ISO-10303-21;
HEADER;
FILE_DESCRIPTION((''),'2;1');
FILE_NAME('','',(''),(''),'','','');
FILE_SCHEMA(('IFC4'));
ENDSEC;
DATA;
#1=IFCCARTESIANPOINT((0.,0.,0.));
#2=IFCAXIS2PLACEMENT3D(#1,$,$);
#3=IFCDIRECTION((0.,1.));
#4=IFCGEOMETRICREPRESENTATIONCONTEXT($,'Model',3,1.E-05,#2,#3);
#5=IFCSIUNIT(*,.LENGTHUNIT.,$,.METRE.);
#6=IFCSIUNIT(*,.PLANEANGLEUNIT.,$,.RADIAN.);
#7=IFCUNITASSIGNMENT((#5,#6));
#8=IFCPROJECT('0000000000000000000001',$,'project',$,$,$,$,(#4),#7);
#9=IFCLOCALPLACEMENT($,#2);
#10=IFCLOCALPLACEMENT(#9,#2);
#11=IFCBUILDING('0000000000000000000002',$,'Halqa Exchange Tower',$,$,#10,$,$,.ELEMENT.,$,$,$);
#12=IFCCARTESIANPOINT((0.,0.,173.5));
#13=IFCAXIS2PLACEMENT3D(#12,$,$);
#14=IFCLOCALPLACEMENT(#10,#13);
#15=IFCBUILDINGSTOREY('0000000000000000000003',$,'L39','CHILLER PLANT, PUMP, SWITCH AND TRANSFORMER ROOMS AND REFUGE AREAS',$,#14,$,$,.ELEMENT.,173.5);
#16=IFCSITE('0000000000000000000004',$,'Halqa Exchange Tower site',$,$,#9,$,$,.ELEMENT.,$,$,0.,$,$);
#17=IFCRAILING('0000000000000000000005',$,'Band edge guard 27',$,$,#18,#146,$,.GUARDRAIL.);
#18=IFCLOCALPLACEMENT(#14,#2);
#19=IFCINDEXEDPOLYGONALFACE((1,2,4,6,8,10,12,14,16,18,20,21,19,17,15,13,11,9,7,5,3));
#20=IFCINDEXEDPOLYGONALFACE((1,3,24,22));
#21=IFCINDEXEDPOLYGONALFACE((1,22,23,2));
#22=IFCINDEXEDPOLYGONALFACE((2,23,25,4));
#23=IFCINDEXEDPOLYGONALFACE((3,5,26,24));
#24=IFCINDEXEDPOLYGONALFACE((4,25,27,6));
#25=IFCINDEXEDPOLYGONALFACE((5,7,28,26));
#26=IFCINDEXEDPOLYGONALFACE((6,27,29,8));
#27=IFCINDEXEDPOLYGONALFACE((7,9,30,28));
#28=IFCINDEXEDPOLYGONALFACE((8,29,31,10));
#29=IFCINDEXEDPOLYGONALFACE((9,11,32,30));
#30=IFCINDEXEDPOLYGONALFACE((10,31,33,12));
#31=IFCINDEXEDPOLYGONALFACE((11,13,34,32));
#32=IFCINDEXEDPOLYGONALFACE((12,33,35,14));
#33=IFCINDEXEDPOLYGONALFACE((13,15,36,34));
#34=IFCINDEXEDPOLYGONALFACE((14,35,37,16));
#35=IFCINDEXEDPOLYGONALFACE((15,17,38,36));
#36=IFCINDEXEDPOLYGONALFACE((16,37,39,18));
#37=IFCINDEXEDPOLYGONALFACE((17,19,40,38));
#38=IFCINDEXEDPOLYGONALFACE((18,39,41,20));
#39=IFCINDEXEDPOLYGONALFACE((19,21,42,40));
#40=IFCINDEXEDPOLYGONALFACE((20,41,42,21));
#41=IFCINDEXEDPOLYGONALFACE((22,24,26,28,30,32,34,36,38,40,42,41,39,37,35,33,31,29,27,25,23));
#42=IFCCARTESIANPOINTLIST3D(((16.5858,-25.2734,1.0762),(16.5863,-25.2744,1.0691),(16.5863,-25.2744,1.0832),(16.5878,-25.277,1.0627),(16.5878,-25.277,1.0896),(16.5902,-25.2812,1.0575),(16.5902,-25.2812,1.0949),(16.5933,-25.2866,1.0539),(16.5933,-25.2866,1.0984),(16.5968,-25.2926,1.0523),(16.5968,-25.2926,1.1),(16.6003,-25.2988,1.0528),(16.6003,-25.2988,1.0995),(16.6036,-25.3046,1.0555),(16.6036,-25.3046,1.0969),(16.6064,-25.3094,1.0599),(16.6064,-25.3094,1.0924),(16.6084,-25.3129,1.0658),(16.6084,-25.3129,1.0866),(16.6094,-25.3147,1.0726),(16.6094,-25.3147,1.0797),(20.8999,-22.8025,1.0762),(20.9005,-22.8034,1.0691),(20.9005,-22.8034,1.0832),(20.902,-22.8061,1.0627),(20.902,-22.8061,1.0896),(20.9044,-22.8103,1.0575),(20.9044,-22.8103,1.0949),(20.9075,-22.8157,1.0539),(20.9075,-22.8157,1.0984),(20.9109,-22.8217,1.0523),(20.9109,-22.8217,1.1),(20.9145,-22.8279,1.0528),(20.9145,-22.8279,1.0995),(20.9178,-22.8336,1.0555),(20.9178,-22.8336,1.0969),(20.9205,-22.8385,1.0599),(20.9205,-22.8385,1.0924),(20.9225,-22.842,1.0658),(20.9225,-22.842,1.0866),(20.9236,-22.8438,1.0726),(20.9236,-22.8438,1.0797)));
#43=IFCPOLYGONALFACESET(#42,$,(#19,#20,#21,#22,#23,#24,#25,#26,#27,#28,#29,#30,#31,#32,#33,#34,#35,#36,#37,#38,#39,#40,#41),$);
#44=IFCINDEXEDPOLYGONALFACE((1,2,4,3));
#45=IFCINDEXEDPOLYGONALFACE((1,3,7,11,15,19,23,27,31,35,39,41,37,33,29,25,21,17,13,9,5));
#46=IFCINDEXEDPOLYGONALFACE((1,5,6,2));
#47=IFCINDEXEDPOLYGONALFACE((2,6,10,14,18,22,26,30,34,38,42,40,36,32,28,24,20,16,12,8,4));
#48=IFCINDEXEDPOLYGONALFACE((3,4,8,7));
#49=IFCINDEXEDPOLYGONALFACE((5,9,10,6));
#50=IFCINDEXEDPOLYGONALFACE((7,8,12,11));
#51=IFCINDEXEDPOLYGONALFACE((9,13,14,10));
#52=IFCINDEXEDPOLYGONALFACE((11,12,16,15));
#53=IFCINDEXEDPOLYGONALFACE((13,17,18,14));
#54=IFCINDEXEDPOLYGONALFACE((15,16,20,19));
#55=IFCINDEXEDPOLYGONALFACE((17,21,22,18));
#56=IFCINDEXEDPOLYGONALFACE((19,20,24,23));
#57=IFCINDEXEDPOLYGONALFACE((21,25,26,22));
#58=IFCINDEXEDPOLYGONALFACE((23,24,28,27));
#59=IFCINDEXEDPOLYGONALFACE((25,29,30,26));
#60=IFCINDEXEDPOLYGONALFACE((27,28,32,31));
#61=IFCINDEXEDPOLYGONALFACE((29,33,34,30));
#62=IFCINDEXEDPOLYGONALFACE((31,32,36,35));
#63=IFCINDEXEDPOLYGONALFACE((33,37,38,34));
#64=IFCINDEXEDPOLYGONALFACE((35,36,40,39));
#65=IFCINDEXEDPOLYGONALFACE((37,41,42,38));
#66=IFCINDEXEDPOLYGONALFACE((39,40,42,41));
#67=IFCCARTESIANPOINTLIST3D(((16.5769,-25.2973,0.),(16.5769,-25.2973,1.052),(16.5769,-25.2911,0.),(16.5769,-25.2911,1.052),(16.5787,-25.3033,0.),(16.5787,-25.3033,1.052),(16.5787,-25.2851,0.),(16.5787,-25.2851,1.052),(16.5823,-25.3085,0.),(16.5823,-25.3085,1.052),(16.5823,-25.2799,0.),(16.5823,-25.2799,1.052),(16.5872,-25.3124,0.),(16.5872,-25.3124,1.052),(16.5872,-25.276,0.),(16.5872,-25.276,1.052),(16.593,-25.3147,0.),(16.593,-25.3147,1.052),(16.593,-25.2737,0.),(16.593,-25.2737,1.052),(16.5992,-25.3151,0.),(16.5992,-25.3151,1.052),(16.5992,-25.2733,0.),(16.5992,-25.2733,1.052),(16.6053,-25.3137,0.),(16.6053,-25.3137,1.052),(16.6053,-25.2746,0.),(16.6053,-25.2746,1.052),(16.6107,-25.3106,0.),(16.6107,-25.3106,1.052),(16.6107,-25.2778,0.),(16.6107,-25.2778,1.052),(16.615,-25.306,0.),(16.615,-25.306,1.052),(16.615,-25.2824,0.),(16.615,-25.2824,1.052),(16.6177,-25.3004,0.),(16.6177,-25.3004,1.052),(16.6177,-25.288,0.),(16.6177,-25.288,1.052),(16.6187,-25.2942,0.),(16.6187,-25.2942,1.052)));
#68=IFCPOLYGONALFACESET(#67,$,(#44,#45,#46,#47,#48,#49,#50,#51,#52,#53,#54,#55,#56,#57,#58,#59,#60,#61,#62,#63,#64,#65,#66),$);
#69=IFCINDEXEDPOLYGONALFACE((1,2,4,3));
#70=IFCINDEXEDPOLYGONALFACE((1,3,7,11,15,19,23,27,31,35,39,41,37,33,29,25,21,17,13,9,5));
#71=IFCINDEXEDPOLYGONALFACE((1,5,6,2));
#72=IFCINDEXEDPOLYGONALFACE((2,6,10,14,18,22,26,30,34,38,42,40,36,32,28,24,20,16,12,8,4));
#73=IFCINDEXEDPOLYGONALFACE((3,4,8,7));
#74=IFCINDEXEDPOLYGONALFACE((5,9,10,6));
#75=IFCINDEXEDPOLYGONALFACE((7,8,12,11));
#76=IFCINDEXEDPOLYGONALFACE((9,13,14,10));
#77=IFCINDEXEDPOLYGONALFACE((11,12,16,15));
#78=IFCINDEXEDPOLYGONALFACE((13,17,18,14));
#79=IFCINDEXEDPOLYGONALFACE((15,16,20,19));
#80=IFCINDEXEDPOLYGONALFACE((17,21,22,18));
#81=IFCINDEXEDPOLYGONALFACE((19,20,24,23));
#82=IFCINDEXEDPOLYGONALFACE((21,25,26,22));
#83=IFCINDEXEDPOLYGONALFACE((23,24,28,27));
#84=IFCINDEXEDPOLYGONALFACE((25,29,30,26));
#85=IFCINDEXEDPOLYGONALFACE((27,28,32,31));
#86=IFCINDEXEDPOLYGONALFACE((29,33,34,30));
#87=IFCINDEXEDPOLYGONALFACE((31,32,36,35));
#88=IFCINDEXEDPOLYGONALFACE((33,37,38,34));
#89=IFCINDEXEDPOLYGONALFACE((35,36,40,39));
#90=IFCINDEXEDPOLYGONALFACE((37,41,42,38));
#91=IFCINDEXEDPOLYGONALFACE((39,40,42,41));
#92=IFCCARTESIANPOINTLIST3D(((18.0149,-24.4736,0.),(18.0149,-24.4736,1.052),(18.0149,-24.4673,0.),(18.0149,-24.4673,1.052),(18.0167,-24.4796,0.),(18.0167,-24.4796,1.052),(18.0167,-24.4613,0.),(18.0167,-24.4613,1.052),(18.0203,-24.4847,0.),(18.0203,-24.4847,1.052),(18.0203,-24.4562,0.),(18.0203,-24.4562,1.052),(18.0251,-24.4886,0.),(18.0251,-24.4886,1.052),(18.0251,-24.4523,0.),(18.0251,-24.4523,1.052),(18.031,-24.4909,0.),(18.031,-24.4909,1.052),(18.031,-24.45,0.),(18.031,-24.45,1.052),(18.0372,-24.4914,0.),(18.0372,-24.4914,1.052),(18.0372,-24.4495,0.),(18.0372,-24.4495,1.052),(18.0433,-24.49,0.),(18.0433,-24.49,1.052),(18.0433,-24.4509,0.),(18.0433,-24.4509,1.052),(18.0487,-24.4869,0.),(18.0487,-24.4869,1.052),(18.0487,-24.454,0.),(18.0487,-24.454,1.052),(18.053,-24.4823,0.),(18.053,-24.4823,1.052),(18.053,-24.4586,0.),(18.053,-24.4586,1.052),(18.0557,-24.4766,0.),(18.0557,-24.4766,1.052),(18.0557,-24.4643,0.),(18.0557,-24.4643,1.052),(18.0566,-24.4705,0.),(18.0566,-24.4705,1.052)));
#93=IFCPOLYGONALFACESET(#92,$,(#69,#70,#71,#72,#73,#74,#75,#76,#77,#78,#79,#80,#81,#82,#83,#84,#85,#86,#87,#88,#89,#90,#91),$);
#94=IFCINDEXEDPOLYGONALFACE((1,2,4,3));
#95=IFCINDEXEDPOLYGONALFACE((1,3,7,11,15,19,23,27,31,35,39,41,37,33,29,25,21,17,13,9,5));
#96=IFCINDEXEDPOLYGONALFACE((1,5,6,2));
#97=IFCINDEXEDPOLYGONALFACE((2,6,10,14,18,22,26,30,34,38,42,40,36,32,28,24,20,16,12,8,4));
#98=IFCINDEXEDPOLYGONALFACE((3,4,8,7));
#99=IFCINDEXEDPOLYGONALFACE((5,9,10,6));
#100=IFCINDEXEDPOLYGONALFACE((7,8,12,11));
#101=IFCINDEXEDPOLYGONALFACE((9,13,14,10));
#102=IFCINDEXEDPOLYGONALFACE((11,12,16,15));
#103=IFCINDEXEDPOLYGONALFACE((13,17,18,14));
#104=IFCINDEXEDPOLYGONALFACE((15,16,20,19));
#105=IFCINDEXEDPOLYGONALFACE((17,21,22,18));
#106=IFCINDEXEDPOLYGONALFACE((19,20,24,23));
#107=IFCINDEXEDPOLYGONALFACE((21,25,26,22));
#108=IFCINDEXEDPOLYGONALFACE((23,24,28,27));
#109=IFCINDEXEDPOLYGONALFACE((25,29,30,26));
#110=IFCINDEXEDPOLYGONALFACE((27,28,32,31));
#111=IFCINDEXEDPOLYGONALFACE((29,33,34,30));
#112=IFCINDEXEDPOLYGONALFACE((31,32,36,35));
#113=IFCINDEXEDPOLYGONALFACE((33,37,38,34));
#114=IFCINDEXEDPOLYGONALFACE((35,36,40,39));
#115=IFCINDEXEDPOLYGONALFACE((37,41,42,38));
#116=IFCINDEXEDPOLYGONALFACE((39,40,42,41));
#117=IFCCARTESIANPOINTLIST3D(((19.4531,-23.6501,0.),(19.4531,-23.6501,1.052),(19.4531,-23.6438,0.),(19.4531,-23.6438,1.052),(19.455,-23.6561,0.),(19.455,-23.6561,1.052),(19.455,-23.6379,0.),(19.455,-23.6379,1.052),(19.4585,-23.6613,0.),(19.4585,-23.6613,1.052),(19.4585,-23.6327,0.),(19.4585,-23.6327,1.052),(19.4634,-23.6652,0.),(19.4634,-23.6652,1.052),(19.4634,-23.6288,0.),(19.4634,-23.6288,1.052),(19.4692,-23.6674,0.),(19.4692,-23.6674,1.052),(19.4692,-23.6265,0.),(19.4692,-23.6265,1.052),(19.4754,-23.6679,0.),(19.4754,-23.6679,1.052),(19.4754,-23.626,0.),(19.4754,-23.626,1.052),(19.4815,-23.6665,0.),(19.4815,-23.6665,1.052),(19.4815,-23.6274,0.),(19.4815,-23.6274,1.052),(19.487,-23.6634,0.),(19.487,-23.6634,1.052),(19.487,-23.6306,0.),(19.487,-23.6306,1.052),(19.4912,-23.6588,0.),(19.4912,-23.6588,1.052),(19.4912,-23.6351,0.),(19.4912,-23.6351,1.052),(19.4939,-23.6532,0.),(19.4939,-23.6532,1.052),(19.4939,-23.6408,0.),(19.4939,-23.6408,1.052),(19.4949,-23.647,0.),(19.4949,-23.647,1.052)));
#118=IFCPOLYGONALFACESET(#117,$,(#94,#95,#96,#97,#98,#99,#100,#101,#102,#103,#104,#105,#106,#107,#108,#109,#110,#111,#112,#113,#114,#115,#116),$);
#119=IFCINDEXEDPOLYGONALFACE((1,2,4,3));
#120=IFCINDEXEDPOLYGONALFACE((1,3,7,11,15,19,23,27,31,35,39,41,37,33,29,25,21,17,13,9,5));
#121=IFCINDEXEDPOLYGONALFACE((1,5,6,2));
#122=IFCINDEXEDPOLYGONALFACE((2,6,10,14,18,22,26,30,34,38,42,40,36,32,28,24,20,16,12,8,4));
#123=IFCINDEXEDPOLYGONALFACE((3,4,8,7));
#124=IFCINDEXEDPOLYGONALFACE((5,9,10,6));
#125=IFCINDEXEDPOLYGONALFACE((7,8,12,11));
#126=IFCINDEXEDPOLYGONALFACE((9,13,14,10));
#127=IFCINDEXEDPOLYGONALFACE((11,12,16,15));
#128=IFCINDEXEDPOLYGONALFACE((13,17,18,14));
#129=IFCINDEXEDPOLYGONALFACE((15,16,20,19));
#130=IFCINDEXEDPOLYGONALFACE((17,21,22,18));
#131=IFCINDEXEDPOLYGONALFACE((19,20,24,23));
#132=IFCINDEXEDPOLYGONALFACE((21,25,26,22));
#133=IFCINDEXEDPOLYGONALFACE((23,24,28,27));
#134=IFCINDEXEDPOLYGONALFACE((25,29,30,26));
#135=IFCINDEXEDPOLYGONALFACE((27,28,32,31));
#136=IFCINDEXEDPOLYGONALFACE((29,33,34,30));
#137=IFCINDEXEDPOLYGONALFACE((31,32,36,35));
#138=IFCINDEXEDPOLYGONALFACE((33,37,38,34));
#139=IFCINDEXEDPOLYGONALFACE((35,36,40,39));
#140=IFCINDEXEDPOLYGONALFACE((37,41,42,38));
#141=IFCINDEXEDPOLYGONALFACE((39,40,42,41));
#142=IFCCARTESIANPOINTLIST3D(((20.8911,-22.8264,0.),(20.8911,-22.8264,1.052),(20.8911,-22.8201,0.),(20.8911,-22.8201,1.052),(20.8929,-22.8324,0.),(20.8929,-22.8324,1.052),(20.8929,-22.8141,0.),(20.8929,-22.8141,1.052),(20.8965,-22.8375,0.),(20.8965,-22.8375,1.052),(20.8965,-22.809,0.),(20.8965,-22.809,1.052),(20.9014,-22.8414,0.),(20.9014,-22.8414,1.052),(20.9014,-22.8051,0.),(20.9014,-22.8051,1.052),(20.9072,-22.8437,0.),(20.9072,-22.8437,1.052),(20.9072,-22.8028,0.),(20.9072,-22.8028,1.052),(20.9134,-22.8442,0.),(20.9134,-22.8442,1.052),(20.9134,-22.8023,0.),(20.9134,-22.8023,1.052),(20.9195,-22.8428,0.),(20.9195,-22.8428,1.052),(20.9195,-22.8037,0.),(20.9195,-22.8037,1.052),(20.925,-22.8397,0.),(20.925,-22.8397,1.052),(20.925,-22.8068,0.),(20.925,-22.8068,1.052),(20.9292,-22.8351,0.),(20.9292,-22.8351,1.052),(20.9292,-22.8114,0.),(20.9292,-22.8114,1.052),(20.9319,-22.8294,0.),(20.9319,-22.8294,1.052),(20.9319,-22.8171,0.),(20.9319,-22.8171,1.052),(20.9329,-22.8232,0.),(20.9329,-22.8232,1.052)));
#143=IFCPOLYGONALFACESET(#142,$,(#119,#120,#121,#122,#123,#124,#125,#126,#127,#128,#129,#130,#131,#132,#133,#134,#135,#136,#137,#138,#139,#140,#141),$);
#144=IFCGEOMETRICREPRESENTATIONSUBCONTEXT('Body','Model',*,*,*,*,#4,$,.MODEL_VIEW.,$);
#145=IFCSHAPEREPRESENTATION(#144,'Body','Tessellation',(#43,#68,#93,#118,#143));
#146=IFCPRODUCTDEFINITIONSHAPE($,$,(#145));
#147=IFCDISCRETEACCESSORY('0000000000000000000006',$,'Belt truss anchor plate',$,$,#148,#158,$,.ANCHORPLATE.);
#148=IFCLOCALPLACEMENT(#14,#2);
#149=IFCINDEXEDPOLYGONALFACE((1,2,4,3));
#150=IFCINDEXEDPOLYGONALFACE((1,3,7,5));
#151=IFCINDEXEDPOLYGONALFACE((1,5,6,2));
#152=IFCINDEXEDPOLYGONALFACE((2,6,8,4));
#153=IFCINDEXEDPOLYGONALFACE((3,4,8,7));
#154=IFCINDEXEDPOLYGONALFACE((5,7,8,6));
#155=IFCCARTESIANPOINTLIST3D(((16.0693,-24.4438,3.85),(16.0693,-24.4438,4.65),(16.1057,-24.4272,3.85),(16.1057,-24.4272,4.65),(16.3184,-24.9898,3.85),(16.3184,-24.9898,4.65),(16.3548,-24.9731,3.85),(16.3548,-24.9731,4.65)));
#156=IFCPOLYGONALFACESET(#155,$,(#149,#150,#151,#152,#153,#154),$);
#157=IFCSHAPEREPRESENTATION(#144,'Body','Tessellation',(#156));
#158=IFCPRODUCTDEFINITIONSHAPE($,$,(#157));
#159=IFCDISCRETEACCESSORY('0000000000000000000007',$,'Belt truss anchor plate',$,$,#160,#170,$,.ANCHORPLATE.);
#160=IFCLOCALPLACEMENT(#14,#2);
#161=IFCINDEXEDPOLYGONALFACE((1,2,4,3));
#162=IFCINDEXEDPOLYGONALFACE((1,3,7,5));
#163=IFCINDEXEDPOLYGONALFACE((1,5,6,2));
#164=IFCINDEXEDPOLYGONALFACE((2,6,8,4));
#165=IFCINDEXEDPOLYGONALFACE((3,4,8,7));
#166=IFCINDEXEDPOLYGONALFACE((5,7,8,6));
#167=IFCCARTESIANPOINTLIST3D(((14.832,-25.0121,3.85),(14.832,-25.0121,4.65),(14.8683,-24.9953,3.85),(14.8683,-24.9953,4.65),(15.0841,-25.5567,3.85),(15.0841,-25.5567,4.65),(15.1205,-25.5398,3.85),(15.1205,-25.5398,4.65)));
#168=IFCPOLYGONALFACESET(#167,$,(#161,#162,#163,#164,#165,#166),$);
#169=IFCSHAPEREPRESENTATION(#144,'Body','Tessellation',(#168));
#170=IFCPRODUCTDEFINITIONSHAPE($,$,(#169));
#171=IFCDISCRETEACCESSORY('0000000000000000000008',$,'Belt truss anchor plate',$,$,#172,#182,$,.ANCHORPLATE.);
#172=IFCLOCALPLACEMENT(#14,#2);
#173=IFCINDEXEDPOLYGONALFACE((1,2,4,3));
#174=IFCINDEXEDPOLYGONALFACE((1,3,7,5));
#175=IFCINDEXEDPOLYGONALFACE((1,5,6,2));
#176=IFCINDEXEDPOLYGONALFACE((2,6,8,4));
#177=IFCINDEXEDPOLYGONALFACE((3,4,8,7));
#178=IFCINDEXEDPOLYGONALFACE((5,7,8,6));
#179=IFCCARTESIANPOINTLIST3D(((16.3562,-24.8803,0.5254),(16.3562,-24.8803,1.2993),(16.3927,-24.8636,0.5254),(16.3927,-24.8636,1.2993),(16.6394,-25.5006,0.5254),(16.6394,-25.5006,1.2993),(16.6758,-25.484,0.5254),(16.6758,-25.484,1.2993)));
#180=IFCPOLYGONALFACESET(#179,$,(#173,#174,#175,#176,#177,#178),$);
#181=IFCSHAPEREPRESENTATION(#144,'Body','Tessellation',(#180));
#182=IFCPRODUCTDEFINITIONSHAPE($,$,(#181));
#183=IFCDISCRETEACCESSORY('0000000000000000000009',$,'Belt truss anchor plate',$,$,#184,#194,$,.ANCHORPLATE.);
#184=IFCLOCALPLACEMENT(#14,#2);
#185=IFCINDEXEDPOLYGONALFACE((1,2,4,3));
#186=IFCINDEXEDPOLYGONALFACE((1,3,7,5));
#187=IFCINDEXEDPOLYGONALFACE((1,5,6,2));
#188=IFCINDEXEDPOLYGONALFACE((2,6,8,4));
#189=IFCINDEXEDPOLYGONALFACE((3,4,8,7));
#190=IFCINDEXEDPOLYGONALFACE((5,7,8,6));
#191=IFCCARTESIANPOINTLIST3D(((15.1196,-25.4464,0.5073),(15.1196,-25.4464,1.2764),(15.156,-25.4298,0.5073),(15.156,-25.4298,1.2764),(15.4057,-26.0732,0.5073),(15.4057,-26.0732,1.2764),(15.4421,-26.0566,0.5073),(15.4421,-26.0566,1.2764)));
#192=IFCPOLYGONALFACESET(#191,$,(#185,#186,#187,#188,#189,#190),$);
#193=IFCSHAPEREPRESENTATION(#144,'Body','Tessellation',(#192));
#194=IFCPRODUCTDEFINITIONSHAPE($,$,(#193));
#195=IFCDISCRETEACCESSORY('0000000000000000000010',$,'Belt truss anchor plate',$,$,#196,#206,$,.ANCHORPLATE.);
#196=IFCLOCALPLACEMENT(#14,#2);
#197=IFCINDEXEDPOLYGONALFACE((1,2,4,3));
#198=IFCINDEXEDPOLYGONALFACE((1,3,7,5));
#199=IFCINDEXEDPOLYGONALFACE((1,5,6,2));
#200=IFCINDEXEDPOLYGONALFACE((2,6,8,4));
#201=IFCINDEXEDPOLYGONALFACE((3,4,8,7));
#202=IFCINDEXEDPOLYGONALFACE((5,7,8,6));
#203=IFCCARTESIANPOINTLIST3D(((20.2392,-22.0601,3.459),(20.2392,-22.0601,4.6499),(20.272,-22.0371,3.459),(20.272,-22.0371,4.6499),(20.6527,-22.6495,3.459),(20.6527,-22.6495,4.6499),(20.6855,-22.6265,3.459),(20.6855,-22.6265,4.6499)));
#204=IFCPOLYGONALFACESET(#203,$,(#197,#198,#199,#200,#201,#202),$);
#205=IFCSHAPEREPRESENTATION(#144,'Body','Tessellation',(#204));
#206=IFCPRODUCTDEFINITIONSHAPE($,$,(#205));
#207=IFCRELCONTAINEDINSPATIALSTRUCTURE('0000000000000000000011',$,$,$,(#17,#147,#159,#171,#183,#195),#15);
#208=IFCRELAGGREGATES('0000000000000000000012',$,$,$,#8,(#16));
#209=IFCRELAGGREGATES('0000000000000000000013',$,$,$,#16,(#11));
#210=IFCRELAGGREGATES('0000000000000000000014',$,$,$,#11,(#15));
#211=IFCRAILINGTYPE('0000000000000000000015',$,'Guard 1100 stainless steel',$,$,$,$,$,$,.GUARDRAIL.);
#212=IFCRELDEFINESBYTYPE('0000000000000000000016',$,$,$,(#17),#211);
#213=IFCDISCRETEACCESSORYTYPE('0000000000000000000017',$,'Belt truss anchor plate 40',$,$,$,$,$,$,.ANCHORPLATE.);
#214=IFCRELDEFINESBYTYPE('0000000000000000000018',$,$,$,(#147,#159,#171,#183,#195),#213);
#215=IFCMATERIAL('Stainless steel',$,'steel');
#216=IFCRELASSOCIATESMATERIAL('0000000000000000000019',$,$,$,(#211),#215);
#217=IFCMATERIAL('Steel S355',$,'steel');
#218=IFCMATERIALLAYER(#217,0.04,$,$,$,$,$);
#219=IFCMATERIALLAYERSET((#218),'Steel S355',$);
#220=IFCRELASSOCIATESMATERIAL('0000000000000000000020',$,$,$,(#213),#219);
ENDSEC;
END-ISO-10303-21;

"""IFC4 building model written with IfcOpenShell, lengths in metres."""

from ifc_helpers import new_model, si_unit, direction, frame, origin, origin_2d, place, context, subcontext, project, spatial, rectangle, circle, extrude, material, layer, layer_set, type_object, element, save


model = new_model("IFC4")

# Units and contexts
model_context = context("Model", 3, precision=1e-05, world=origin(), true_north=direction((0.0, 1.0)))
body_context = subcontext(model_context, "Body", "Model", "MODEL_VIEW")
ifc_project = project(units=[si_unit("LENGTHUNIT", "METRE"), si_unit("PLANEANGLEUNIT", "RADIAN")], contexts=[model_context])

# Site, building, storey
site_placement = place(None, origin())
site = spatial("IfcSite", under=ifc_project, at=site_placement, Name="Halqa Exchange Tower site", CompositionType="ELEMENT", RefElevation=0.0)
building_placement = place(site_placement, origin())
building = spatial("IfcBuilding", under=site, at=building_placement, Name="Halqa Exchange Tower", CompositionType="ELEMENT")
storey_placement = place(building_placement, frame((0.0, 0.0, 173.5)))
storey = spatial("IfcBuildingStorey", under=building, at=storey_placement, Name="L39", Description="CHILLER PLANT, PUMP, SWITCH AND TRANSFORMER ROOMS AND REFUGE AREAS", CompositionType="ELEMENT", Elevation=173.5)

# Shared definitions
ifc_material_1 = material(Name="Steel S355", Category="steel")

# Railing
ifc_material_2 = material(Name="Stainless steel", Category="steel")
railing_type = type_object("IfcRailingType", Name="Guard 1100 stainless steel", PredefinedType="GUARDRAIL", material=ifc_material_2)
railing_placement = place(storey_placement, frame((16.5977, -25.2942, 0.0)))
element("IfcRailing", 1, at=railing_placement, inside=storey, type_object=railing_type, Name="Band edge guard 27", PredefinedType="GUARDRAIL", context=body_context, shape_type="SweptSolid", body=[
    extrude(circle(Radius=0.0239, at=origin_2d()), frame((0.0, 0.0, 1.0762), z_axis=(0.86775, 0.497001, 0.0), x_axis=(-0.497001, 0.86775, 0.0)), (0.0, 0.0, 1.0), 4.9717),
    extrude(circle(Radius=0.021, at=origin_2d()), origin(), (0.0, 0.0, 1.0), 1.052),
    extrude(circle(Radius=0.021, at=origin_2d()), frame((1.438, 0.8237, 0.0)), (0.0, 0.0, 1.0), 1.052),
    extrude(circle(Radius=0.021, at=origin_2d()), frame((2.8762, 1.6472, 0.0)), (0.0, 0.0, 1.0), 1.052),
    extrude(circle(Radius=0.021, at=origin_2d()), frame((4.3142, 2.4709, 0.0)), (0.0, 0.0, 1.0), 1.052),
])

# Discrete accessories
ifc_layer_1 = layer(ifc_material_1, 0.04)
ifc_layer_set_1 = layer_set([ifc_layer_1], Name="Steel S355")
discrete_accessory_type = type_object("IfcDiscreteAccessoryType", Name="Belt truss anchor plate 40", PredefinedType="ANCHORPLATE", material=ifc_layer_set_1)
for number, where, z_axis, x_axis, name in (
    (2, (16.1938, -24.7168, 4.25), (0.909738, 0.415183, 0.0), (-0.415183, 0.909738, 0.0), "Belt truss anchor plate"),
    (3, (14.9944, -25.2676, 4.25), (-0.907424, -0.420216, 0.0), (0.420216, -0.907424, 0.0), "Belt truss anchor plate"),
):
    element("IfcDiscreteAccessory", number, at=place(storey_placement, frame(where, z_axis=z_axis, x_axis=x_axis)), inside=storey, type_object=discrete_accessory_type, Name=name, PredefinedType="ANCHORPLATE", context=body_context, shape_type="SweptSolid", body=[
        extrude(rectangle(XDim=0.6001, YDim=0.8, at=origin_2d()), origin(), (0.0, 0.0, 1.0), 0.04),
    ])
discrete_accessory_1_placement = place(storey_placement, frame((16.4978, -25.1904, 0.9124), z_axis=(0.909738, 0.415183, 0.0), x_axis=(-0.415183, 0.909738, 0.0)))
element("IfcDiscreteAccessory", 4, at=discrete_accessory_1_placement, inside=storey, type_object=discrete_accessory_type, Name="Belt truss anchor plate", PredefinedType="ANCHORPLATE", context=body_context, shape_type="SweptSolid", body=[
    extrude(rectangle(XDim=0.6819, YDim=0.7739, at=origin_2d()), origin(), (0.0, 0.0, 1.0), 0.04),
])
discrete_accessory_2_placement = place(storey_placement, frame((15.2991, -25.7432, 0.8918), z_axis=(-0.909738, -0.415183, 0.0), x_axis=(0.415183, -0.909738, 0.0)))
element("IfcDiscreteAccessory", 5, at=discrete_accessory_2_placement, inside=storey, type_object=discrete_accessory_type, Name="Belt truss anchor plate", PredefinedType="ANCHORPLATE", context=body_context, shape_type="SweptSolid", body=[
    extrude(rectangle(XDim=0.689, YDim=0.769, at=origin_2d()), origin(), (0.0, 0.0, 1.0), 0.04),
])
discrete_accessory_3_placement = place(storey_placement, frame((20.4788, -22.3318, 4.0544), z_axis=(-0.818657, -0.574282, 0.0), x_axis=(0.574282, -0.818657, 0.0)))
element("IfcDiscreteAccessory", 6, at=discrete_accessory_3_placement, inside=storey, type_object=discrete_accessory_type, Name="Belt truss anchor plate", PredefinedType="ANCHORPLATE", context=body_context, shape_type="SweptSolid", body=[
    extrude(rectangle(XDim=0.72, YDim=1.1909, at=origin_2d()), origin(), (0.0, 0.0, 1.0), 0.04),
])

save(model, "model.ifc")
